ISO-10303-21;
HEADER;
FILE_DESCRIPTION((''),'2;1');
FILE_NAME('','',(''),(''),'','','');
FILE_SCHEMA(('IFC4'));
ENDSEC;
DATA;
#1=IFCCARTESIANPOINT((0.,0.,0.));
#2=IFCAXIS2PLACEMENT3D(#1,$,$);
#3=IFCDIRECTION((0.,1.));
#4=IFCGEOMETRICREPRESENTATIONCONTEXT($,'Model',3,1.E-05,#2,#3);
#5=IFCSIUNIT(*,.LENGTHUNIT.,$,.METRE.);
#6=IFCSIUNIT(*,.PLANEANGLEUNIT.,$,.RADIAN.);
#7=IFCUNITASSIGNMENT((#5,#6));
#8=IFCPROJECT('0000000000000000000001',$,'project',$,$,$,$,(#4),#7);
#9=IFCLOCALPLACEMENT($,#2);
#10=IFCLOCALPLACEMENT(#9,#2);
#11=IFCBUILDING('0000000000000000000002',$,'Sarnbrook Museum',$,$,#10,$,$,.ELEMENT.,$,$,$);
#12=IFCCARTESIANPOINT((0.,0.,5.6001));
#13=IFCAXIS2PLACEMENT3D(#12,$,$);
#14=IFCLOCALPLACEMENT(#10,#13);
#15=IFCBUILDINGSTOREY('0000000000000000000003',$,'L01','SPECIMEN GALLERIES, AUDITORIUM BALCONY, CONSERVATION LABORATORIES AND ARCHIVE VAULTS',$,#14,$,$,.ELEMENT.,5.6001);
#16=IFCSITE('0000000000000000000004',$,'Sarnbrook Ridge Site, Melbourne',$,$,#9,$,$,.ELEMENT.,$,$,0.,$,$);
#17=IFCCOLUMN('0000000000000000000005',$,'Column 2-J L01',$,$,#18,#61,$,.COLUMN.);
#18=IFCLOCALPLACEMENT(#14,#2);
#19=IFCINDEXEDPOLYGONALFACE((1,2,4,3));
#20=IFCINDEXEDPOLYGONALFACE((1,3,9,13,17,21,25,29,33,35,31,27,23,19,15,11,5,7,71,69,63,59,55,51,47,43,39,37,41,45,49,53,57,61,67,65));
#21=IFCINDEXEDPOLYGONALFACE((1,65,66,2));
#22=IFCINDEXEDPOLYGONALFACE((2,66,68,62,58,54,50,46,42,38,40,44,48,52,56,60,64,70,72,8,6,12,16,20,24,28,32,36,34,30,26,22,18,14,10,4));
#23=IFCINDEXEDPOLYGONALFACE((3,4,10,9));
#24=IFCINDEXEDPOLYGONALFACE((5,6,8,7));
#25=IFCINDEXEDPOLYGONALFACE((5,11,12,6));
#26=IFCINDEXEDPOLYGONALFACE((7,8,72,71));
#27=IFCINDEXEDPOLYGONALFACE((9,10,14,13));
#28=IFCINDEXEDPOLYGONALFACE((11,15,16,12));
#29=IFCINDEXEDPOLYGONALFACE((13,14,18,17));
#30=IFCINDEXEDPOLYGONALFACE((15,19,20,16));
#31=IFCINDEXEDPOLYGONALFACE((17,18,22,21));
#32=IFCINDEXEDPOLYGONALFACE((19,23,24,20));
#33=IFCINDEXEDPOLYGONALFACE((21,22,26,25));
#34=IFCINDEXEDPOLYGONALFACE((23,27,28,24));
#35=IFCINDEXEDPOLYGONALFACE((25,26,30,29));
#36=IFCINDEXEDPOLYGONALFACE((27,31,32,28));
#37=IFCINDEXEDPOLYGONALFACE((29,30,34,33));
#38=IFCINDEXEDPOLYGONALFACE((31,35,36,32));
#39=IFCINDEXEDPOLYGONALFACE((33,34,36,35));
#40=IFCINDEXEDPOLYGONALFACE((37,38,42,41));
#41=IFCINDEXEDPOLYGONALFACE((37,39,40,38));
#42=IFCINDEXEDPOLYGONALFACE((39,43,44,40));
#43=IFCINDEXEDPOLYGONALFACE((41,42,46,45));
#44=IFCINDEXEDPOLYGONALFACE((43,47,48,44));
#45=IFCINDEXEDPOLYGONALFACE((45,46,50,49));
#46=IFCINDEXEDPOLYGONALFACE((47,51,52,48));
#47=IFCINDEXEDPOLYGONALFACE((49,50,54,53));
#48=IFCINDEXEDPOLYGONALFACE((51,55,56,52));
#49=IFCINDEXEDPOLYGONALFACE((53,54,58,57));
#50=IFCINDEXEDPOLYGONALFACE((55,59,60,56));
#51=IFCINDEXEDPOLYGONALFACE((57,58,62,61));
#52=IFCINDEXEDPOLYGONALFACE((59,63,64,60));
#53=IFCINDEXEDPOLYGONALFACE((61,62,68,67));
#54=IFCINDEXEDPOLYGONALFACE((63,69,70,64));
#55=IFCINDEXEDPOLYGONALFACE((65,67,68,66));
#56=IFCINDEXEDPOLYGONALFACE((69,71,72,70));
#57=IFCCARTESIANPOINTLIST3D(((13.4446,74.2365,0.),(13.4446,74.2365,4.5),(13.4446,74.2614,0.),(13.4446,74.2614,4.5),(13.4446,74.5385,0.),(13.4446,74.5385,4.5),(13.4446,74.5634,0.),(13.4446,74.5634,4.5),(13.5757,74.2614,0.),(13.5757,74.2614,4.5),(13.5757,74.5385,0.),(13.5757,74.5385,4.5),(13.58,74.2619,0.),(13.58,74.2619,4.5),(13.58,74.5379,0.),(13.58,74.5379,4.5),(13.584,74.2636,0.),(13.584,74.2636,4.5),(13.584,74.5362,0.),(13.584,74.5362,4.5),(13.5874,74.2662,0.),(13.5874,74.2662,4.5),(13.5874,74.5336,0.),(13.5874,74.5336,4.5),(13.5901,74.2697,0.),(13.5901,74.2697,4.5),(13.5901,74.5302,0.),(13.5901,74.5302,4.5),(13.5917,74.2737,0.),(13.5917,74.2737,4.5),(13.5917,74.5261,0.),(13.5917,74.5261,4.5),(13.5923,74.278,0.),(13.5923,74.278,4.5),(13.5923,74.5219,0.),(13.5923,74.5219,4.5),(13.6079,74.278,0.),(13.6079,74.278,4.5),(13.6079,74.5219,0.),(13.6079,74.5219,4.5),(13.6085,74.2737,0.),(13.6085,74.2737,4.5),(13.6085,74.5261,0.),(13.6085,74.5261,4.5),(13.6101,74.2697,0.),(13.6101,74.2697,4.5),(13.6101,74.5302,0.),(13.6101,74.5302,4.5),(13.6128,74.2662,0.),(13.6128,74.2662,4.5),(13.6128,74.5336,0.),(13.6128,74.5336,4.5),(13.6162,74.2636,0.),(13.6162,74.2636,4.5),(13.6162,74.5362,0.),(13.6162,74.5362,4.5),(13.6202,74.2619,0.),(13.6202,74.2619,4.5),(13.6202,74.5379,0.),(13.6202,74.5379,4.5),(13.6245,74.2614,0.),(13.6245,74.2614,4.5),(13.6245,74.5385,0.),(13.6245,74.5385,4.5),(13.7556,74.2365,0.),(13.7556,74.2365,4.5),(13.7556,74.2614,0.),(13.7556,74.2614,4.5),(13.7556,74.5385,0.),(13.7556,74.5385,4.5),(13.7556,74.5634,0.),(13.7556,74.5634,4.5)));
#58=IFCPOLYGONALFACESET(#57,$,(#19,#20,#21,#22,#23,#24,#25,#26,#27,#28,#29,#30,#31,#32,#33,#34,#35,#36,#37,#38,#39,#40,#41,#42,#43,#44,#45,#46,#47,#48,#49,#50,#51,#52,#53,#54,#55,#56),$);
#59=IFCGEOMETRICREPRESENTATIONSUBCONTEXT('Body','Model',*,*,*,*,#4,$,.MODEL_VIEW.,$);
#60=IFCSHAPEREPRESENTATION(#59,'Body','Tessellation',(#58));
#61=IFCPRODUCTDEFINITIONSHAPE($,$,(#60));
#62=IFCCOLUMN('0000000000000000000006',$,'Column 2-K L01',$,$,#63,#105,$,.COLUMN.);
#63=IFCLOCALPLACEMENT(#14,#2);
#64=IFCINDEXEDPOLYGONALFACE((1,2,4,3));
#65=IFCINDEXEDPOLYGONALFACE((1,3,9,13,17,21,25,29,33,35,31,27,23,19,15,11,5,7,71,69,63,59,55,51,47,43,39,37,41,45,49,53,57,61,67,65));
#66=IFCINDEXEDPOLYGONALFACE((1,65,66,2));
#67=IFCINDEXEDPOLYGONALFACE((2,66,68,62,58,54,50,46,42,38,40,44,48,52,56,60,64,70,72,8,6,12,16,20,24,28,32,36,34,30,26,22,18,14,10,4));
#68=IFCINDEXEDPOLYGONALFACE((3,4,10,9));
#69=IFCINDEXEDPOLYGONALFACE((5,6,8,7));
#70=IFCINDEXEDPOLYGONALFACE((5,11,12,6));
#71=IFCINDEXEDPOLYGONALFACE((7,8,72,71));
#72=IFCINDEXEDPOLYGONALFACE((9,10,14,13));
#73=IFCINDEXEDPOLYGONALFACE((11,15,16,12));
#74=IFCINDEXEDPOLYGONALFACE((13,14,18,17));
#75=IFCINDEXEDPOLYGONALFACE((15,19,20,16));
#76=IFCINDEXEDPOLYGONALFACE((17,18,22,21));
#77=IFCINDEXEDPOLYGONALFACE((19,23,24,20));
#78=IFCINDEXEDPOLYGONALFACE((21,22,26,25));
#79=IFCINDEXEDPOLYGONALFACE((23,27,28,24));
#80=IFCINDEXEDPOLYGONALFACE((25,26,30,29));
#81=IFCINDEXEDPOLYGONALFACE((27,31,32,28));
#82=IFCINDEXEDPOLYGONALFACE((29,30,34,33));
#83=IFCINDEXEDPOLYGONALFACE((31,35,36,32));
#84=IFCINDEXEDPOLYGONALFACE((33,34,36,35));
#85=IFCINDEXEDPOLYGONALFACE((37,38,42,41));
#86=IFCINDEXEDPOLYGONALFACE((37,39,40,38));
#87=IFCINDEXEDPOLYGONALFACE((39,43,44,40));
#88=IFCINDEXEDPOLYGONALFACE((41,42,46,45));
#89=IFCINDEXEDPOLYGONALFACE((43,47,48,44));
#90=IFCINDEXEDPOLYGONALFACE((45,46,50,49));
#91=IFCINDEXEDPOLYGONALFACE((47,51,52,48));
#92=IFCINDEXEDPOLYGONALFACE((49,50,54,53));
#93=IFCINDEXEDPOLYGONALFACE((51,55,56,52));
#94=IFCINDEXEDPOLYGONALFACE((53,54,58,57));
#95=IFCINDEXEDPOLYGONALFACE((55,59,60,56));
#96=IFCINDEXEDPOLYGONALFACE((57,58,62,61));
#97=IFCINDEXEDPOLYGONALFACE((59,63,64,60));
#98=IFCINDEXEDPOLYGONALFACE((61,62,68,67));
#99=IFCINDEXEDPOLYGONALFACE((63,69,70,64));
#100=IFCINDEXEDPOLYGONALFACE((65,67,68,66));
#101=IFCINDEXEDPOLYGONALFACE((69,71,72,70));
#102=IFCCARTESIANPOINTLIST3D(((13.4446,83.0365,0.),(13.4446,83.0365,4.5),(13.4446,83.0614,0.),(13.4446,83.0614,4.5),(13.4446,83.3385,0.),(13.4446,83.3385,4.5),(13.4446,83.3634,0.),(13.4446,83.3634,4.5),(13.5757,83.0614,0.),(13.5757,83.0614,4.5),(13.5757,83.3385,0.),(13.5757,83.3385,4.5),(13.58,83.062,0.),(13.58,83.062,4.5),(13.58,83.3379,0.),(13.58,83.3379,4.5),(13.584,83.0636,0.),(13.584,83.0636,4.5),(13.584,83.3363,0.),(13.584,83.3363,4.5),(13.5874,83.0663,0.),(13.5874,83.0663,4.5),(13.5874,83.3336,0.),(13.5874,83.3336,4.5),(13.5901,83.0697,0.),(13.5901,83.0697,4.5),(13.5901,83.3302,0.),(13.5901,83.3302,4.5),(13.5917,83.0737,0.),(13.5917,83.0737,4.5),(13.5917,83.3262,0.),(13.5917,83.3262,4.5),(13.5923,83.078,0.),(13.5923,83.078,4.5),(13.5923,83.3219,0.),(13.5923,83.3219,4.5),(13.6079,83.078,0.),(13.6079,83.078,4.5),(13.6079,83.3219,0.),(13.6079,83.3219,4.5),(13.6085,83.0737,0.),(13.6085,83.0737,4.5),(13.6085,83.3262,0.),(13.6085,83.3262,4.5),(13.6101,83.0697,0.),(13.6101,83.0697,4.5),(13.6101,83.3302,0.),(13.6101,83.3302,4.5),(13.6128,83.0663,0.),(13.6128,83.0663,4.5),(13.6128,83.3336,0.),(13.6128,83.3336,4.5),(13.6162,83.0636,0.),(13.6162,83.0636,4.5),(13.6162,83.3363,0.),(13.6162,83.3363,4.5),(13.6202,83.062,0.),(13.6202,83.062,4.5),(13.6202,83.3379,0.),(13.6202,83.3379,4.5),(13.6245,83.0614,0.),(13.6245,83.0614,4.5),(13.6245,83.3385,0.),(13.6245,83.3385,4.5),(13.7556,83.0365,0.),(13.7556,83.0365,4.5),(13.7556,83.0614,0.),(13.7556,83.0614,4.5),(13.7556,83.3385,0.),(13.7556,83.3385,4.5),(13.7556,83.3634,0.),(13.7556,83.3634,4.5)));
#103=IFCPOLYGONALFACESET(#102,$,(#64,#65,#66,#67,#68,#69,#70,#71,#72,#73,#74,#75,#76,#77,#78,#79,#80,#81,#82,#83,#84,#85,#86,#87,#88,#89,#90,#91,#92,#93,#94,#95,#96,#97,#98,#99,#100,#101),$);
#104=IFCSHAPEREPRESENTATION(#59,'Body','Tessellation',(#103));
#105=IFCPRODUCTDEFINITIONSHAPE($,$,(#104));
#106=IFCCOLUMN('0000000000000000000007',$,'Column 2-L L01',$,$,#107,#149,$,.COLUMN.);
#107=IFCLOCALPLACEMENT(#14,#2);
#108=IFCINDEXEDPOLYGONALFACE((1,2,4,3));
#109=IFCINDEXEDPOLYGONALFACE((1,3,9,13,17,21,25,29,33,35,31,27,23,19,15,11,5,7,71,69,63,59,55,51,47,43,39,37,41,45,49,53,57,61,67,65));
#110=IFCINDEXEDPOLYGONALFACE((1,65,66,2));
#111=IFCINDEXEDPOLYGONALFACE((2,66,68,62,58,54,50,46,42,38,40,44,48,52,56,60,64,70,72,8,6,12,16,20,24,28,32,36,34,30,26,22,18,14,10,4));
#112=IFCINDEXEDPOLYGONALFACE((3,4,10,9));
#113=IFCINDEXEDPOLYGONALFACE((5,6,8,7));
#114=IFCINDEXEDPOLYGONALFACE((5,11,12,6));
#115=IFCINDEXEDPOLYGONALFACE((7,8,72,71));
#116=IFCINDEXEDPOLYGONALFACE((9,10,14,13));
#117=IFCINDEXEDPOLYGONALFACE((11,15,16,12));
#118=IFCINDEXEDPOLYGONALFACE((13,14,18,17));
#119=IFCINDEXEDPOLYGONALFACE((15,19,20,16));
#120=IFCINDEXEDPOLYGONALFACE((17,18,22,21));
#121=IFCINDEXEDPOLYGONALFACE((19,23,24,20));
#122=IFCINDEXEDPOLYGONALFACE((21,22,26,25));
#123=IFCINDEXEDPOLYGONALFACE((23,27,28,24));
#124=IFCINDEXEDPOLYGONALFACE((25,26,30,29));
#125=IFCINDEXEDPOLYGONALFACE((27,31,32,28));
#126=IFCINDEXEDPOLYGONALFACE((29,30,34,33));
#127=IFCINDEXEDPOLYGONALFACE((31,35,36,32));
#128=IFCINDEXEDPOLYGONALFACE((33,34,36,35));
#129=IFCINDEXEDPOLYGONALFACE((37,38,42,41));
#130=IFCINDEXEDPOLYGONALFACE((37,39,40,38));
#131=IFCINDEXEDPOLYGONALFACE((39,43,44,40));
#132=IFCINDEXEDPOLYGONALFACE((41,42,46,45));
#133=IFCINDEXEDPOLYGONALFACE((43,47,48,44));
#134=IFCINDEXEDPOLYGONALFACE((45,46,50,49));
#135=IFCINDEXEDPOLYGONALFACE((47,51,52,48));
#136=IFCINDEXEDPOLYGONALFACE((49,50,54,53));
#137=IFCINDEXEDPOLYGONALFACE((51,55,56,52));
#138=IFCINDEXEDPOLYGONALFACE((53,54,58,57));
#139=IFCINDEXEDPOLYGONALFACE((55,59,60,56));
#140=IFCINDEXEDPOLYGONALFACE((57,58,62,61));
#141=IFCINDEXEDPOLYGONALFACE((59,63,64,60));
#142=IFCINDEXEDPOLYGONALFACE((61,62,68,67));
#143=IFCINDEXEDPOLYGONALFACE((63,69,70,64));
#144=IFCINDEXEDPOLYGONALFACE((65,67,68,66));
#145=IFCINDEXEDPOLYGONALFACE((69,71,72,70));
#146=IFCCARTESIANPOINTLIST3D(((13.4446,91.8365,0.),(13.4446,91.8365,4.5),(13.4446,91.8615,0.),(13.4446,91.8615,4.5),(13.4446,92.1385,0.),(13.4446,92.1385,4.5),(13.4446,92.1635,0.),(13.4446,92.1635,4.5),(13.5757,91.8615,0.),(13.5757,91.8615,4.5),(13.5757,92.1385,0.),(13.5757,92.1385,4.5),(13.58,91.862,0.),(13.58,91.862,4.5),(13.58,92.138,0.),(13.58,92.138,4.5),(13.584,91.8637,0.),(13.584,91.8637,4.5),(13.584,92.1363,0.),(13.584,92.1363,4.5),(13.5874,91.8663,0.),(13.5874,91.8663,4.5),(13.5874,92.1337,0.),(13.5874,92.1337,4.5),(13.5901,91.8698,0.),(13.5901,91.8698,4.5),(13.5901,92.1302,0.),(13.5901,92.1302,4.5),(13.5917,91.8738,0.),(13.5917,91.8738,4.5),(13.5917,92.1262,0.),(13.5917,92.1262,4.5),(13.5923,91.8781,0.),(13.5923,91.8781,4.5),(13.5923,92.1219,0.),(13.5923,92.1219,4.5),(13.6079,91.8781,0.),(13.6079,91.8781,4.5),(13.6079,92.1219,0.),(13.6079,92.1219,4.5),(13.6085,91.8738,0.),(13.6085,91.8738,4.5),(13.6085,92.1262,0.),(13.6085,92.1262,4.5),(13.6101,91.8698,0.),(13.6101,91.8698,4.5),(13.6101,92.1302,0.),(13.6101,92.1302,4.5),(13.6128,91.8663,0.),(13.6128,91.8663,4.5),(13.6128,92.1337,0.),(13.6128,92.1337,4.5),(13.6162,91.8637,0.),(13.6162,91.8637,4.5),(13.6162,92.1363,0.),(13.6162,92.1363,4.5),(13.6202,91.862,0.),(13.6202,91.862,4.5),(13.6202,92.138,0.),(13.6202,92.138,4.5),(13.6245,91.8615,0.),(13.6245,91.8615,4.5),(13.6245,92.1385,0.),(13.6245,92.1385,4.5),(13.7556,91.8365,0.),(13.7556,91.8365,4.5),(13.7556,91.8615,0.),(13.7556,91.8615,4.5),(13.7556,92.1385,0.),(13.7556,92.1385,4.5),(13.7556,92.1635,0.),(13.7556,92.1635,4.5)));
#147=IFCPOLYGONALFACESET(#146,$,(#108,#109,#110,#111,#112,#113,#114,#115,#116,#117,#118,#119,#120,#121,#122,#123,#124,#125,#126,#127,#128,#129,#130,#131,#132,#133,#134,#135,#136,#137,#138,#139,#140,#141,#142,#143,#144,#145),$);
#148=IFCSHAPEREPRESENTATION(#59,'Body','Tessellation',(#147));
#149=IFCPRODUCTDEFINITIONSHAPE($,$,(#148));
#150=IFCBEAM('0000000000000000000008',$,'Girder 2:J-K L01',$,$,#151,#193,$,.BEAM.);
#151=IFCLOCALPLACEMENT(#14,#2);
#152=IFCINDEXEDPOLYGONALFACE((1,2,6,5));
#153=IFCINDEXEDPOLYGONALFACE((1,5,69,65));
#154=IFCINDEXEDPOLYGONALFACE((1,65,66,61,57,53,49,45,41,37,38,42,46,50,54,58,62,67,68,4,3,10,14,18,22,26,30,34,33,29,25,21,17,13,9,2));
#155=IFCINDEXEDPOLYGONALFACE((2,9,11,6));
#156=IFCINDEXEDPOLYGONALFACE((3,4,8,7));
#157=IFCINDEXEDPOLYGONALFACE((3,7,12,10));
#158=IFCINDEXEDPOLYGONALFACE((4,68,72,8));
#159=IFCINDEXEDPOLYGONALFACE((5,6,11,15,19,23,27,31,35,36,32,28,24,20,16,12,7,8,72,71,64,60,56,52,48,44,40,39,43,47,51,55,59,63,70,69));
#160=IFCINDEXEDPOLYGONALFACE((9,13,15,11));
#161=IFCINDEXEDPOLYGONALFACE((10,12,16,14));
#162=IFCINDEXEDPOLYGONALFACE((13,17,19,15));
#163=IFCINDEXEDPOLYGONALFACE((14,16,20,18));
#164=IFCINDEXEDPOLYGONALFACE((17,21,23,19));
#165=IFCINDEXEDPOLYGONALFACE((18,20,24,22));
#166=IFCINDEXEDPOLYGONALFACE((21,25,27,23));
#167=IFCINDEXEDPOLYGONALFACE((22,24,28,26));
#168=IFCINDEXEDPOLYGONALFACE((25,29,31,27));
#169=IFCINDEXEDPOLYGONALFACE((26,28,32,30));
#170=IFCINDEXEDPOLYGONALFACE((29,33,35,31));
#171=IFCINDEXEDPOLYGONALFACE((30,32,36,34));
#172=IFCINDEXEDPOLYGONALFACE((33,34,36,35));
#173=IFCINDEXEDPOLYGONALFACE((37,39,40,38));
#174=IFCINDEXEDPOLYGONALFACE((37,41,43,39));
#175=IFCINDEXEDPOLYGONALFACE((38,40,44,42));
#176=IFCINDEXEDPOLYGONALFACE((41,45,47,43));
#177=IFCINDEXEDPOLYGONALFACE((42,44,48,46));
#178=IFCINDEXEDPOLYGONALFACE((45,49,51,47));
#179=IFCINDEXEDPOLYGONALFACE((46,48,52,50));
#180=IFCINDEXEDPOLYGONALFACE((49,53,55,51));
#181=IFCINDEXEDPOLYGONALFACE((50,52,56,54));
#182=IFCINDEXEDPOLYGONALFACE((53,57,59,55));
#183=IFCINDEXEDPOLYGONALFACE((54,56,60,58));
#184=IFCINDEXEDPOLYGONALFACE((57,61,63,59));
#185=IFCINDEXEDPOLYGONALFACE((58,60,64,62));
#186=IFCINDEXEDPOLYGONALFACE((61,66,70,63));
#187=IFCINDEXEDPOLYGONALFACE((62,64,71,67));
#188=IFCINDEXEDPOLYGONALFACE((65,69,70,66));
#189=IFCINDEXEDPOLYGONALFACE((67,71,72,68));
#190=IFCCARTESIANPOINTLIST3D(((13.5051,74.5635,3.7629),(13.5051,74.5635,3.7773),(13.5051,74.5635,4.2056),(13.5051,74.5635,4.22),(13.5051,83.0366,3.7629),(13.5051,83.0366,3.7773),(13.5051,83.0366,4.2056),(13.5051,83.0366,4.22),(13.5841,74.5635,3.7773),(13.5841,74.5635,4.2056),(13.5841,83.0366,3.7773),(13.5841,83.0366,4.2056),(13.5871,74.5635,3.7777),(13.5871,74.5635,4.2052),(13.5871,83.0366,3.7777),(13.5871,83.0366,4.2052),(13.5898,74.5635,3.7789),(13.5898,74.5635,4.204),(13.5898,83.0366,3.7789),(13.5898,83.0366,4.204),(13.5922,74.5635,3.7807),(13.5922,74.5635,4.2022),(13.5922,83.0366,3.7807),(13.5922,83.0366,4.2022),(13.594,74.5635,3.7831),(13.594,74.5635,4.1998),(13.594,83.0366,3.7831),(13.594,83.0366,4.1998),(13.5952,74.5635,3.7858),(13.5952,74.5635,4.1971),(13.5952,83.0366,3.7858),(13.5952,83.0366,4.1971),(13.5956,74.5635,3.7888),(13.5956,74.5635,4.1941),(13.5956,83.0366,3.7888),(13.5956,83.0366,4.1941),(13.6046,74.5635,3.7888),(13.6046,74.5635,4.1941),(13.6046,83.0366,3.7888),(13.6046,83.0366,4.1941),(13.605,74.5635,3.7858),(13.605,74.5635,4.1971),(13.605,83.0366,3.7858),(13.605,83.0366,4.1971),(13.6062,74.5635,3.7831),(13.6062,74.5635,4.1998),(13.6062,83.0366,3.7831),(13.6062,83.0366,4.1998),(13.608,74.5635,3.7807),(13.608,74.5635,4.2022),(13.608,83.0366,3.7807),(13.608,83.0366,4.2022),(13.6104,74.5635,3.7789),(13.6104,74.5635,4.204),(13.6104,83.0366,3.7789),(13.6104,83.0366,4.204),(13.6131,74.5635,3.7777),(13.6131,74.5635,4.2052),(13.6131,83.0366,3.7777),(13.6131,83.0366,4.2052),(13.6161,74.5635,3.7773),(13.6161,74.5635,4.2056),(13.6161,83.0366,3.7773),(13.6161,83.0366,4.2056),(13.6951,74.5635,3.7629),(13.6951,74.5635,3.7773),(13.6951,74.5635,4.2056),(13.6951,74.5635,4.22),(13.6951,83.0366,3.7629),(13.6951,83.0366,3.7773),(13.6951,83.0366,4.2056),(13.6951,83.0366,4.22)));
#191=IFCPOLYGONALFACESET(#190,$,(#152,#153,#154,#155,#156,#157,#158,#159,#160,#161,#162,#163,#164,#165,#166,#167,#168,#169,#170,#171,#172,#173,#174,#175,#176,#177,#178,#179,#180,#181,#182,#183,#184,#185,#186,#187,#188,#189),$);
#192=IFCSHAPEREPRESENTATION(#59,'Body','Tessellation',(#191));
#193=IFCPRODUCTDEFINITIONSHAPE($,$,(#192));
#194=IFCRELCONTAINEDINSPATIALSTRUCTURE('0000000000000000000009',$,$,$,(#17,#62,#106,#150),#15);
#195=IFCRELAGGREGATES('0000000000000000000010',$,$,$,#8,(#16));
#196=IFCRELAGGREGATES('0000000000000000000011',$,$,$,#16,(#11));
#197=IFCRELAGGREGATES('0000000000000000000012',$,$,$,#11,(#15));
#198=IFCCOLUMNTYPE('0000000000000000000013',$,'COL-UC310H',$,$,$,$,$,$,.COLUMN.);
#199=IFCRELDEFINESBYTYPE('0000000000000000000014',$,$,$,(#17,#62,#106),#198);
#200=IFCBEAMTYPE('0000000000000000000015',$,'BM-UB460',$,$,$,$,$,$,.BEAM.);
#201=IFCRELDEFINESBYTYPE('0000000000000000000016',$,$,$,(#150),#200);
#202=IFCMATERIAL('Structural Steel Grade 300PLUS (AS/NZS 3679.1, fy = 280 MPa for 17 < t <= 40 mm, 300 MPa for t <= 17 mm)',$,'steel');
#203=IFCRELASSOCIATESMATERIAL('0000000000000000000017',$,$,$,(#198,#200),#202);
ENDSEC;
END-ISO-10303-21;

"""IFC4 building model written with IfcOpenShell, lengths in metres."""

from ifc_helpers import new_model, si_unit, direction, frame, origin, origin_2d, place, context, subcontext, project, spatial, i_section, extrude, material, material_profile, profile_set, type_object, element, save


model = new_model("IFC4")

# Units and contexts
model_context = context("Model", 3, precision=1e-05, world=origin(), true_north=direction((0.0, 1.0)))
body_context = subcontext(model_context, "Body", "Model", "MODEL_VIEW")
ifc_project = project(units=[si_unit("LENGTHUNIT", "METRE"), si_unit("PLANEANGLEUNIT", "RADIAN")], contexts=[model_context])

# Site, building, storey
site_placement = place(None, origin())
site = spatial("IfcSite", under=ifc_project, at=site_placement, Name="Sarnbrook Ridge Site, Melbourne", CompositionType="ELEMENT", RefElevation=0.0)
building_placement = place(site_placement, origin())
building = spatial("IfcBuilding", under=site, at=building_placement, Name="Sarnbrook Museum", CompositionType="ELEMENT")
storey_placement = place(building_placement, frame((0.0, 0.0, 5.6001)))
storey = spatial("IfcBuildingStorey", under=building, at=storey_placement, Name="L01", Description="SPECIMEN GALLERIES, AUDITORIUM BALCONY, CONSERVATION LABORATORIES AND ARCHIVE VAULTS", CompositionType="ELEMENT", Elevation=5.6001)

# Columns
ifc_material_1 = material(Name="Structural Steel Grade 300PLUS (AS/NZS 3679.1, fy = 280 MPa for 17 < t <= 40 mm, 300 MPa for t <= 17 mm)", Category="steel")
ifc_material_profile_1 = material_profile(ifc_material_1, i_section(OverallWidth=0.311, OverallDepth=0.3269, WebThickness=0.0156, FlangeThickness=0.0249, FilletRadius=0.0166, at=origin_2d()), Name="310UC158")
ifc_profile_set_1 = profile_set([ifc_material_profile_1], Name="Structural Steel Grade 300PLUS (AS/NZS 3679.1, fy = 280 MPa for 17 < t <= 40 mm, 300 MPa for t <= 17 mm)")
column_type = type_object("IfcColumnType", Name="COL-UC310H", PredefinedType="COLUMN", material=ifc_profile_set_1)
for number, where, z_axis, x_axis, name in (
    (1, (13.6001, 74.3999, 0.0), (0.0, 0.0, 1.0), (1.0, 0.0, 0.0), "Column 2-J L01"),
    (2, (13.6001, 83.2, 0.0), (0.0, 0.0, 1.0), (1.0, 0.0, 0.0), "Column 2-K L01"),
    (3, (13.6001, 92.0, 0.0), (0.0, 0.0, 1.0), (1.0, 0.0, 0.0), "Column 2-L L01"),
):
    element("IfcColumn", number, at=place(storey_placement, frame(where, z_axis=z_axis, x_axis=x_axis)), inside=storey, type_object=column_type, Name=name, PredefinedType="COLUMN", context=body_context, shape_type="SweptSolid", body=[
        extrude(i_section(OverallWidth=0.311, OverallDepth=0.3269, WebThickness=0.0156, FlangeThickness=0.0249, FilletRadius=0.0166, at=origin_2d()), origin(), (0.0, 0.0, 1.0), 4.5),
    ])

# Beam
ifc_material_profile_2 = material_profile(ifc_material_1, i_section(OverallWidth=0.1899, OverallDepth=0.457, WebThickness=0.009, FlangeThickness=0.0144, FilletRadius=0.0115, at=origin_2d()), Name="460UB74.6")
ifc_profile_set_2 = profile_set([ifc_material_profile_2], Name="Structural Steel Grade 300PLUS (AS/NZS 3679.1, fy = 280 MPa for 17 < t <= 40 mm, 300 MPa for t <= 17 mm)")
beam_type_1 = type_object("IfcBeamType", Name="BM-UB460", PredefinedType="BEAM", material=ifc_profile_set_2)
beam_1_placement = place(storey_placement, frame((13.6001, 74.5635, 3.9915), z_axis=(0.0, 1.0, 0.0), x_axis=(-1.0, 0.0, 0.0)))
element("IfcBeam", 4, at=beam_1_placement, inside=storey, type_object=beam_type_1, Name="Girder 2:J-K L01", PredefinedType="BEAM", context=body_context, shape_type="SweptSolid", body=[
    extrude(i_section(OverallWidth=0.1899, OverallDepth=0.457, WebThickness=0.009, FlangeThickness=0.0144, FilletRadius=0.0115, at=origin_2d()), origin(), (0.0, 0.0, 1.0), 8.4731),
])

save(model, "model.ifc")
